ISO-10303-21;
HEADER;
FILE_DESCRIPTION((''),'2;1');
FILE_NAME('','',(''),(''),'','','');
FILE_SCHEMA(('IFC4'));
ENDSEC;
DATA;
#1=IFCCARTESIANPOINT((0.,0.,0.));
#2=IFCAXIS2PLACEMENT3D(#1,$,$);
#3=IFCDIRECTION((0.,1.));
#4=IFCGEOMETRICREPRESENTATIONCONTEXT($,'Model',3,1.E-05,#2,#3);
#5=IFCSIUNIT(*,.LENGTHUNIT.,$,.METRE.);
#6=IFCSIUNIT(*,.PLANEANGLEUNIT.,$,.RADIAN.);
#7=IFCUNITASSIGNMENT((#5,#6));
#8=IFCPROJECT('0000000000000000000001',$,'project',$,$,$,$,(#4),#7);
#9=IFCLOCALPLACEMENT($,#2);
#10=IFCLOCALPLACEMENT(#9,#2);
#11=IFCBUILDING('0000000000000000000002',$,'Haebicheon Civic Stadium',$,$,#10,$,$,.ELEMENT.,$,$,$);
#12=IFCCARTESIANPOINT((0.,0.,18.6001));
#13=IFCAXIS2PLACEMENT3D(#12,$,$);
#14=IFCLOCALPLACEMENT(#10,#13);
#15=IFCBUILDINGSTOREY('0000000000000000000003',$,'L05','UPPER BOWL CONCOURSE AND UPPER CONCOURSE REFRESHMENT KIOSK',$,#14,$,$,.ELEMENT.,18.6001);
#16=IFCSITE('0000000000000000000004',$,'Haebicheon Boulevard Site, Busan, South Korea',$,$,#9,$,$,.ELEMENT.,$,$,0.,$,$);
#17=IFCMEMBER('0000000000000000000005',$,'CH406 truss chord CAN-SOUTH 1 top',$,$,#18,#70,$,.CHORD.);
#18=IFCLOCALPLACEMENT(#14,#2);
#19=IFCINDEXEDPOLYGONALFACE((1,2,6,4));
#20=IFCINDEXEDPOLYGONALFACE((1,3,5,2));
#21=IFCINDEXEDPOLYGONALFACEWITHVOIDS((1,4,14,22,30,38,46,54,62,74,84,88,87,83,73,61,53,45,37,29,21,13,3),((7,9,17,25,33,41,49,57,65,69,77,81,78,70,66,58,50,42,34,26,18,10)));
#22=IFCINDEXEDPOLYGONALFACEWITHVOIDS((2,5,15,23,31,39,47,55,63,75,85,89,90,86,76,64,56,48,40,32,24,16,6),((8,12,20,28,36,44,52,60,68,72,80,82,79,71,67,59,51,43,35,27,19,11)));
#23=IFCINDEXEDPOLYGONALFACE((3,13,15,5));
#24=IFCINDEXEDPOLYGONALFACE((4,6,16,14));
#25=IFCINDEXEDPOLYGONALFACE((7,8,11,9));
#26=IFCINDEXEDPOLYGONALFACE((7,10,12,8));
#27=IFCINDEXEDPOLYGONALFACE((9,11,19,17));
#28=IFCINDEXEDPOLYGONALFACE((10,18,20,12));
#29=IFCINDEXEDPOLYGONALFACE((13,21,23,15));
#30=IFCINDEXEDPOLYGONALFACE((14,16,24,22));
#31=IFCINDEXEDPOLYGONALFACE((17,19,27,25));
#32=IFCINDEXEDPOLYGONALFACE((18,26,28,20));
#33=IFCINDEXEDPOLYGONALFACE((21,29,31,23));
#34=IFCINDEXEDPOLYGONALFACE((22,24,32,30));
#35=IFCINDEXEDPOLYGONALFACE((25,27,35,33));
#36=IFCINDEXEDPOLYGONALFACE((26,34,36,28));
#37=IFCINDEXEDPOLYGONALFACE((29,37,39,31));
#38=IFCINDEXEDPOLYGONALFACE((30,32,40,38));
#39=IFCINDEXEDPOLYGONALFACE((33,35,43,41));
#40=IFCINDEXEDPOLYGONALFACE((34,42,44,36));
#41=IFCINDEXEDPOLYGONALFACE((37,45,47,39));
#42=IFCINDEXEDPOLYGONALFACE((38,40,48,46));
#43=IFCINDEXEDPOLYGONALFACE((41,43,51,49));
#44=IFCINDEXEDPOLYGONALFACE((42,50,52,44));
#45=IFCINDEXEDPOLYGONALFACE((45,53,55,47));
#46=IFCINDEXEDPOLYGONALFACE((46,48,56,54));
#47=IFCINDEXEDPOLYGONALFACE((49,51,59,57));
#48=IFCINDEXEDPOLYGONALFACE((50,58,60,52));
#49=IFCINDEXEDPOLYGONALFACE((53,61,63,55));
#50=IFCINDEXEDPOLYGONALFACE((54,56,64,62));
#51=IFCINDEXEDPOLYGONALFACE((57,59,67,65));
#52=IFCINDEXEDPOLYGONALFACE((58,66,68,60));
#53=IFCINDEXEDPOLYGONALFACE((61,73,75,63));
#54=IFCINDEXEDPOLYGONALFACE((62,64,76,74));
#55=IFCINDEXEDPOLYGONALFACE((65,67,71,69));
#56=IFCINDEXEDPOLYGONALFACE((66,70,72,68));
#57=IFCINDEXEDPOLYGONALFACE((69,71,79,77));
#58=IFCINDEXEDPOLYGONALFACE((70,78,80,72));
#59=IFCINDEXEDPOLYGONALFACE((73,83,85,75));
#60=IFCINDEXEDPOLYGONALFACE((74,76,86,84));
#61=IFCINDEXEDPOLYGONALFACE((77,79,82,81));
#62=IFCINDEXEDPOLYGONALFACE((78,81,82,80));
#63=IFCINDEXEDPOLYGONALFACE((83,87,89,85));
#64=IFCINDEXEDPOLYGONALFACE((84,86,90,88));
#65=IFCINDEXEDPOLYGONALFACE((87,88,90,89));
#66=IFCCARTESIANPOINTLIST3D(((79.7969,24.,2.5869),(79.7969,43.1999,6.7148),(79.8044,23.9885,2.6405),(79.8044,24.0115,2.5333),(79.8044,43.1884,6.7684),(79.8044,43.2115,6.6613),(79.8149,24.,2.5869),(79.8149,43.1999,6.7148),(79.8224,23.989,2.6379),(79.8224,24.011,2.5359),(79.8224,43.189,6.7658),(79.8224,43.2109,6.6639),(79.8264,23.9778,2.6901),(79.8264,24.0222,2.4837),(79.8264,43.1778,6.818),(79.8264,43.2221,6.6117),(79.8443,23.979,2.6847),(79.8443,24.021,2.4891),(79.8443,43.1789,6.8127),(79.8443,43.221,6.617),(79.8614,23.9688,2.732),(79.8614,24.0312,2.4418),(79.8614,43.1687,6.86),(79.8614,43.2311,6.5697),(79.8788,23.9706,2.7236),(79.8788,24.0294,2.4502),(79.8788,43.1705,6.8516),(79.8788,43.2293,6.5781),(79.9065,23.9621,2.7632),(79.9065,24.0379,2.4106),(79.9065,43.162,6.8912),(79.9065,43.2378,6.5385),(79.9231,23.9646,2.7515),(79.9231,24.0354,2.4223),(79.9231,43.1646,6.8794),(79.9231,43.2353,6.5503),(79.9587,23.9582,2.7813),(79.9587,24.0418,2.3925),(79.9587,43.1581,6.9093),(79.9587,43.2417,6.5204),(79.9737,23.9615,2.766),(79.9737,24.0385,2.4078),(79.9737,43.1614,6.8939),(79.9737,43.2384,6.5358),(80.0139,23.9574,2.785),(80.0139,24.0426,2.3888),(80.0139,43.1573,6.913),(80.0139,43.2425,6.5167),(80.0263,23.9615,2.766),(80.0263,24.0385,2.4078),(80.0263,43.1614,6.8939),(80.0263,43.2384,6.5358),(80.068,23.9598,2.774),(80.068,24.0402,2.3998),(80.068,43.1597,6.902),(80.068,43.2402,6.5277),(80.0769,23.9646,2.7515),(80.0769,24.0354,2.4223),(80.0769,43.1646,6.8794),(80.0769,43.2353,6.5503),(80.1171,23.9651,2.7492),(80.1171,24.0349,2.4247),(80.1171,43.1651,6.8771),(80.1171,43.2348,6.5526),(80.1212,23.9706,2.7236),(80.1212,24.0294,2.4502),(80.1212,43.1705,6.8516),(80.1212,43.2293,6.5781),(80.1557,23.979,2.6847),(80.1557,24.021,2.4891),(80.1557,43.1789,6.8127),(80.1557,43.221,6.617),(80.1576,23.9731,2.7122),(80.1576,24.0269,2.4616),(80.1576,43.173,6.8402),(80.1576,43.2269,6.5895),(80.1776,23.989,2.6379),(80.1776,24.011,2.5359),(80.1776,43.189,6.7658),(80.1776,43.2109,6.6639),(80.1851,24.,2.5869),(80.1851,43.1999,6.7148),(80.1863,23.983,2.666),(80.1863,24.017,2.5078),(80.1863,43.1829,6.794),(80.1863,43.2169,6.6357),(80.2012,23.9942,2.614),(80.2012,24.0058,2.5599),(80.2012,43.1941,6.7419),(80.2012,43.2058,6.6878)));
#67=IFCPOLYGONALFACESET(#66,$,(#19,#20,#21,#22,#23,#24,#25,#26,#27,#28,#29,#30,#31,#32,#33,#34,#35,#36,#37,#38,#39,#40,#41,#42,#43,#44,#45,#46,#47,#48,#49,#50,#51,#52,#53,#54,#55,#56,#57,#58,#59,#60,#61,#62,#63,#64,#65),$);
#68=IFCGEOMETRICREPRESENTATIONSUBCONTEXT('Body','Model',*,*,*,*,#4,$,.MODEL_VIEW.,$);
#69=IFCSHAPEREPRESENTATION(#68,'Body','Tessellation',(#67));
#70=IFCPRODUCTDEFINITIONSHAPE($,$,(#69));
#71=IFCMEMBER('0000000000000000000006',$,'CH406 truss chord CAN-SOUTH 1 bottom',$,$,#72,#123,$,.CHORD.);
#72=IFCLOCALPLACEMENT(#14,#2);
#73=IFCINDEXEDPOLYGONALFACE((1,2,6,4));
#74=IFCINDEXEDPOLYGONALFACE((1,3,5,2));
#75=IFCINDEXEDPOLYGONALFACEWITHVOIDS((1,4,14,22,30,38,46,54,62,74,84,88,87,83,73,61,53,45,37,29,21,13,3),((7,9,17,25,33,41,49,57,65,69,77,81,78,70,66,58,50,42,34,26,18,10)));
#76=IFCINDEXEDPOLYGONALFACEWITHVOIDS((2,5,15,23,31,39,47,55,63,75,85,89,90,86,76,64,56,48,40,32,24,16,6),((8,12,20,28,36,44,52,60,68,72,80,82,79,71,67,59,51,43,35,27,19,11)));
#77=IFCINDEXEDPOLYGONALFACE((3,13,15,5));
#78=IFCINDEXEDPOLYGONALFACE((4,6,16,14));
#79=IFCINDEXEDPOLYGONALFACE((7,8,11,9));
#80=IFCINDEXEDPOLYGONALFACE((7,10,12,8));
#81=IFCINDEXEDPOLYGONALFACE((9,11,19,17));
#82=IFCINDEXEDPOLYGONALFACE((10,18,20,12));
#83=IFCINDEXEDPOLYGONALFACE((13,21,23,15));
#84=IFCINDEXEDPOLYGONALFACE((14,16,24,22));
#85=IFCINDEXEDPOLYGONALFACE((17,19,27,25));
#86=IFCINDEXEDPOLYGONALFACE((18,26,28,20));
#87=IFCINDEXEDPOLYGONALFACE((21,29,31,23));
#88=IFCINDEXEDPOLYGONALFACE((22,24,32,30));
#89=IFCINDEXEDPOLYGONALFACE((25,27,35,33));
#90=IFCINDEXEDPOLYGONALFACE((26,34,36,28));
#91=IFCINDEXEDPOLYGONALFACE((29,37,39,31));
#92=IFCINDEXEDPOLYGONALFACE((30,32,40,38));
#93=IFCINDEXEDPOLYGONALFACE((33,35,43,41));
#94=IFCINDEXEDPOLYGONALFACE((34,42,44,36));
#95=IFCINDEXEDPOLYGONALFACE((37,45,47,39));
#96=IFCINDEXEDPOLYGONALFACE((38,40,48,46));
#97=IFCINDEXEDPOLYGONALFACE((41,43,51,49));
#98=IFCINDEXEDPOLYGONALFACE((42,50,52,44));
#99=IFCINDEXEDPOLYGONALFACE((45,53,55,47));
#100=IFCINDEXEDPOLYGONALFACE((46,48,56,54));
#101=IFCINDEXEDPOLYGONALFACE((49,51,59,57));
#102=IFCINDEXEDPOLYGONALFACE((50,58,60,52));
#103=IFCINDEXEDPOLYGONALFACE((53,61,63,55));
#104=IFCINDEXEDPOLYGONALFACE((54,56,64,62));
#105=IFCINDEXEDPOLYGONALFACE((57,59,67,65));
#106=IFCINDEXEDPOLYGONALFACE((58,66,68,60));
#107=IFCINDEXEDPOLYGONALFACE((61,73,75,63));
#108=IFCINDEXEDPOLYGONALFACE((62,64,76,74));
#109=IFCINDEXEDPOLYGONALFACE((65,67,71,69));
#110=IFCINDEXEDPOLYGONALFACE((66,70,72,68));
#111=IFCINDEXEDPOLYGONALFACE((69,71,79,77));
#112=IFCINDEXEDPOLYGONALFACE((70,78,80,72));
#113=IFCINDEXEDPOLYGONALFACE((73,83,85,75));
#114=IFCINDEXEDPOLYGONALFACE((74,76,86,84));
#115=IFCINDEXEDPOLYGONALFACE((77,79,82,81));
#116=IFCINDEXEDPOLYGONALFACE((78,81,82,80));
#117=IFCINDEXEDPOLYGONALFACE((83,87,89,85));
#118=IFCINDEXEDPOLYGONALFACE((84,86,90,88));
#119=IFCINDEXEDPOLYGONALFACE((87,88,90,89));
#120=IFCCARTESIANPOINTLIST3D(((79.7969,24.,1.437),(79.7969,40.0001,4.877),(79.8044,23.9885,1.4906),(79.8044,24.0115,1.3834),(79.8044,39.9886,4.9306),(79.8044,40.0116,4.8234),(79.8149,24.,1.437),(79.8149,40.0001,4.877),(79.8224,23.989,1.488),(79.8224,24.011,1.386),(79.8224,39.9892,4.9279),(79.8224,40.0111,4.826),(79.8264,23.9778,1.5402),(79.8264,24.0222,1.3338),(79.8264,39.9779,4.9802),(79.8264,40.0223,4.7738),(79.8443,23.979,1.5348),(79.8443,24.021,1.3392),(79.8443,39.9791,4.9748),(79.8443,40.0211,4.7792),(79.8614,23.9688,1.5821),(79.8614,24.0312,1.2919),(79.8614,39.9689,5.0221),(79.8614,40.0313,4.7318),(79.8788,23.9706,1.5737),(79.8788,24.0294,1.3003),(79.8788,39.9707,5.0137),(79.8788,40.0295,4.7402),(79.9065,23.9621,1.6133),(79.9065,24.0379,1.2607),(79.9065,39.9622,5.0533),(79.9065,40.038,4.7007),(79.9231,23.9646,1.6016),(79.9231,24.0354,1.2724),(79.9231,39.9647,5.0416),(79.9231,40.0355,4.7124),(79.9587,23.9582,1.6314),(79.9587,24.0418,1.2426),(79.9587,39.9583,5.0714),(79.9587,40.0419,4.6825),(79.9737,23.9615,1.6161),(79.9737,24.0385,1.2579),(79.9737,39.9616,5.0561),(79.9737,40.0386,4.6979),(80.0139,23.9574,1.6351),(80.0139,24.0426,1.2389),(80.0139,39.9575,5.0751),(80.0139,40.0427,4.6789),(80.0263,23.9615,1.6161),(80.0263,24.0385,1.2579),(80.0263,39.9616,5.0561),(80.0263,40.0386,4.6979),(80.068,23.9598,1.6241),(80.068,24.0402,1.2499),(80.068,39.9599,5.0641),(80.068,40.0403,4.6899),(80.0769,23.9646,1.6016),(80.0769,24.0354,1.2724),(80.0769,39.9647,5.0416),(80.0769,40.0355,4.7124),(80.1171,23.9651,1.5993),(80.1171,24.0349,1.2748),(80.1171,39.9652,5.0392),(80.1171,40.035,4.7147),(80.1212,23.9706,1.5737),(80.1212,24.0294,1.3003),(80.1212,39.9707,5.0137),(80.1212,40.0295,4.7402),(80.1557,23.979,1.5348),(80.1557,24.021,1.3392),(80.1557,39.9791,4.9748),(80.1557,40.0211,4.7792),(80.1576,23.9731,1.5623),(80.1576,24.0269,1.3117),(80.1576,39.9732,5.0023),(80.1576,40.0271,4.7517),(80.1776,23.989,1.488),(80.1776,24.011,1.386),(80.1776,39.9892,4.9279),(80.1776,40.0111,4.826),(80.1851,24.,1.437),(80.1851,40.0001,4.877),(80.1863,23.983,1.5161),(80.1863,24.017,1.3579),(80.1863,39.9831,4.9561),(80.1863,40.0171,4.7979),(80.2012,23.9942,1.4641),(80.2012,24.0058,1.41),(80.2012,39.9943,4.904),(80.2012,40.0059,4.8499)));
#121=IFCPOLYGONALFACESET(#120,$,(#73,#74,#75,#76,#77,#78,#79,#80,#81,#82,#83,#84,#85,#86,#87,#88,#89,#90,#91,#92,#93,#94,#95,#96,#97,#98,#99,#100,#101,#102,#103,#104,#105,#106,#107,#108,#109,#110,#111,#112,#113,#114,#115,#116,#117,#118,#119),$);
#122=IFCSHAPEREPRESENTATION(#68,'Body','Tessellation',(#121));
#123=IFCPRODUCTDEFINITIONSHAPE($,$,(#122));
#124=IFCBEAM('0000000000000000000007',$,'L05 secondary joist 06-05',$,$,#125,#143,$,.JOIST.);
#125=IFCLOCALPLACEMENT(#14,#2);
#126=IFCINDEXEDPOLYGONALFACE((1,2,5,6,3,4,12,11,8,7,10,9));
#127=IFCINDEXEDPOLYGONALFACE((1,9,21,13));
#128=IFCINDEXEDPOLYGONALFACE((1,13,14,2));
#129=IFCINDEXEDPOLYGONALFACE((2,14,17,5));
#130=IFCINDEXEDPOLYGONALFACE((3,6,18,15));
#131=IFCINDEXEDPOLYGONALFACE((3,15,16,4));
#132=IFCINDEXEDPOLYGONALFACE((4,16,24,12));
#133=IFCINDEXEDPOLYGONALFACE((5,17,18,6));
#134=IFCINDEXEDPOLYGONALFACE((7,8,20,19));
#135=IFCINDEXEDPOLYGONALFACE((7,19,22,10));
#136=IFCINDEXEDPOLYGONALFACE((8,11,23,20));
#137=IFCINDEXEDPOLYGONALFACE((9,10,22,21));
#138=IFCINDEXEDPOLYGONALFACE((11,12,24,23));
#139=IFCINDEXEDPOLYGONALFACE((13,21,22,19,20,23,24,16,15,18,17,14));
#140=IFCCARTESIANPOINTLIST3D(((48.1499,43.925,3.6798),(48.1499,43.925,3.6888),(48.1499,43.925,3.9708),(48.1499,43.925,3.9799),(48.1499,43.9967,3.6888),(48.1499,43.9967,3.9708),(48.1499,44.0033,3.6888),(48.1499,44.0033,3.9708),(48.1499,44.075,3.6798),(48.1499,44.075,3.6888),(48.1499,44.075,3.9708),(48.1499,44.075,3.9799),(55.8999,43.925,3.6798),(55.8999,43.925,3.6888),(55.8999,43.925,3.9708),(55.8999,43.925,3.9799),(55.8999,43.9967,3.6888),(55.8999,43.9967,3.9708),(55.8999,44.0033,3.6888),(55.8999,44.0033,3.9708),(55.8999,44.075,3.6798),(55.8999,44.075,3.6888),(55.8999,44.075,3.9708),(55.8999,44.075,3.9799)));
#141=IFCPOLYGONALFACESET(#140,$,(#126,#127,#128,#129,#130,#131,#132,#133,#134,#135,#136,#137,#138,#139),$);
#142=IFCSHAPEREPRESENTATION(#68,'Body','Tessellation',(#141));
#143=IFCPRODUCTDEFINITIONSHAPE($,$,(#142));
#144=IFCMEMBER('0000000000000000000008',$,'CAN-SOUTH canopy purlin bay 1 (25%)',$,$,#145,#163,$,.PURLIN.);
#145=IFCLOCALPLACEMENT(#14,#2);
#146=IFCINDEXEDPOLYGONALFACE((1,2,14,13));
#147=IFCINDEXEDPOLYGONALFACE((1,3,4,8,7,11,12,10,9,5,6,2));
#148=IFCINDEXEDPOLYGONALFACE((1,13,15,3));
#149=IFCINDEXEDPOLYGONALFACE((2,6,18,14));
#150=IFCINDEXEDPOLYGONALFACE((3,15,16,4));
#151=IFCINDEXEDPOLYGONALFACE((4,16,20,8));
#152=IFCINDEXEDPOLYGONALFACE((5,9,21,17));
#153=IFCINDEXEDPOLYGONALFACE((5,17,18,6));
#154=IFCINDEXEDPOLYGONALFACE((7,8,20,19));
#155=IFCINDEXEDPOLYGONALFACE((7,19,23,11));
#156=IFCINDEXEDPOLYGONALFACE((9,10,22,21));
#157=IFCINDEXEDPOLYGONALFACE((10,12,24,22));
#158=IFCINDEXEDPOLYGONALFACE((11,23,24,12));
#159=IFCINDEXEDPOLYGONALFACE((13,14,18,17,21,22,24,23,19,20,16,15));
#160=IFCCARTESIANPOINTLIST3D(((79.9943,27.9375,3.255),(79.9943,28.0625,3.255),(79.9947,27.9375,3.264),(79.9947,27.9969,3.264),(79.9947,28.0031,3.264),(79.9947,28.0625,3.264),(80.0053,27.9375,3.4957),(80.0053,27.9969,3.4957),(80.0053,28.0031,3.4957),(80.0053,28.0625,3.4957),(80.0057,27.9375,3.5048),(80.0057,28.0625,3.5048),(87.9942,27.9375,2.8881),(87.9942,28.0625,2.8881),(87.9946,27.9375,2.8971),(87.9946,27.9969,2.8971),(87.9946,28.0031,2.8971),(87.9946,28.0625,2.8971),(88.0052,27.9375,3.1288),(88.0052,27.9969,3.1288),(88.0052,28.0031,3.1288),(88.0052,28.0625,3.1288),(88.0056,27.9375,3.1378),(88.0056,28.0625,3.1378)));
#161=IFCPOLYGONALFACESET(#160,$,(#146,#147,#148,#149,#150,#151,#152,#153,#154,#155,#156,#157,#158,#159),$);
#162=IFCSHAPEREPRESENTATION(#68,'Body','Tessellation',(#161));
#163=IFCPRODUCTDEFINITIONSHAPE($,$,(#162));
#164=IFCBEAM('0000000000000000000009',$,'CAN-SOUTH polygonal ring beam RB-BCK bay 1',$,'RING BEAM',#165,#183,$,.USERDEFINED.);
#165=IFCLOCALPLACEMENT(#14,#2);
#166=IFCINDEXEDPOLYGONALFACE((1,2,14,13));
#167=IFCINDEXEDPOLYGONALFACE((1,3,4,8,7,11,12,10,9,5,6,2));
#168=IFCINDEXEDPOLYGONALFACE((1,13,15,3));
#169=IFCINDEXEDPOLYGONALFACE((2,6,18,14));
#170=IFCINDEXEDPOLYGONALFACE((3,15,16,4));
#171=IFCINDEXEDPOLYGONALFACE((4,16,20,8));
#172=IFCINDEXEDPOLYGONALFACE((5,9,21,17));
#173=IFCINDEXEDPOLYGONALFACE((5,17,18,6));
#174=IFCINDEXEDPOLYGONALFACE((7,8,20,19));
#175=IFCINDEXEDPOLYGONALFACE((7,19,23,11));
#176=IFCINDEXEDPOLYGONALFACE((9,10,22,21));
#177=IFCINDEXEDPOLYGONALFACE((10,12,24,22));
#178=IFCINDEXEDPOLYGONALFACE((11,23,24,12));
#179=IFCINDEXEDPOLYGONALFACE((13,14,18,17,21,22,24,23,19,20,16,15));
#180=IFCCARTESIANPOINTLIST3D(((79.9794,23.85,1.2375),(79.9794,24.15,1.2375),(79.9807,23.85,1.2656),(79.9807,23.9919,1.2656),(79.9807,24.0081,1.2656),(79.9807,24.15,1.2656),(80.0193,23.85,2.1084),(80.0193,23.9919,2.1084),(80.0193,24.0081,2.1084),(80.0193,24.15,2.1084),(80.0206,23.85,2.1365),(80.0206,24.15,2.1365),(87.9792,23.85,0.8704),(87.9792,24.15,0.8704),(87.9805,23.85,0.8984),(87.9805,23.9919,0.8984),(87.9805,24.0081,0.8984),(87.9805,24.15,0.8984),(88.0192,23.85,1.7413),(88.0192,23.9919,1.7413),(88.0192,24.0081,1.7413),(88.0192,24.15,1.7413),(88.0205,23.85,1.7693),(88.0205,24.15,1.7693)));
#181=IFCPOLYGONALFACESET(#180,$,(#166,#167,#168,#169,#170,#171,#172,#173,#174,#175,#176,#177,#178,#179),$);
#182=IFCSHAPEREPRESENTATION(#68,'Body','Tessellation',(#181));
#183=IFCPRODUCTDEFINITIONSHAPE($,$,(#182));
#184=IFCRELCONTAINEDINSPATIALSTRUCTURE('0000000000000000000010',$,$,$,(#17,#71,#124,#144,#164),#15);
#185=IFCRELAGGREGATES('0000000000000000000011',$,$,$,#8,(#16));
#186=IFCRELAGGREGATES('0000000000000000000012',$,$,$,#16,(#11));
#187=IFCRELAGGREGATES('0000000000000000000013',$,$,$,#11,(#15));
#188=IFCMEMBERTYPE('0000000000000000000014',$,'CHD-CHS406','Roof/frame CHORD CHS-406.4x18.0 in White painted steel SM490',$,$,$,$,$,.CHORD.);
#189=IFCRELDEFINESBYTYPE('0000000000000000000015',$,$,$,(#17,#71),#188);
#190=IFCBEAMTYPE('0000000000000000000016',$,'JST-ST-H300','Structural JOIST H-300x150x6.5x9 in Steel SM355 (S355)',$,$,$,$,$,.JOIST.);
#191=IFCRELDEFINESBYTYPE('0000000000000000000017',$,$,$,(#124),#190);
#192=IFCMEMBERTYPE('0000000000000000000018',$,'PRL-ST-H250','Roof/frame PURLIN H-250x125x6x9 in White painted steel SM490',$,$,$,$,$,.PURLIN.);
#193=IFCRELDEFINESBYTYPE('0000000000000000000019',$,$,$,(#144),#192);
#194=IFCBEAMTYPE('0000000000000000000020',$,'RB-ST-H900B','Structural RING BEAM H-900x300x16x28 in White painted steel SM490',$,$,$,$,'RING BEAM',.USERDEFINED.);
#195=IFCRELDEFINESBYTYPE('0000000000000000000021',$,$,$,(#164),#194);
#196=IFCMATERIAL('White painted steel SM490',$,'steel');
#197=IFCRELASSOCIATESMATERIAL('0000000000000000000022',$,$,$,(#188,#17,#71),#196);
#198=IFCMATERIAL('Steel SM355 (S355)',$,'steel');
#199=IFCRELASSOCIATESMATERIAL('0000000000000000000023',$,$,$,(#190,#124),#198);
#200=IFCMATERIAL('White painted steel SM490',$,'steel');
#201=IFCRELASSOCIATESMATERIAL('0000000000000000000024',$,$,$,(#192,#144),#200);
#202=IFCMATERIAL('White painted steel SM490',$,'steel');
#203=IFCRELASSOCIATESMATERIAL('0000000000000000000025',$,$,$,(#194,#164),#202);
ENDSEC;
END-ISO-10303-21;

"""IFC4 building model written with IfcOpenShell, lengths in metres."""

from ifc_helpers import new_model, si_unit, direction, frame, origin, origin_2d, place, context, subcontext, project, spatial, hollow_circle, i_section, extrude, material, material_profile, profile_set, type_object, element, save


model = new_model("IFC4")

# Units and contexts
model_context = context("Model", 3, precision=1e-05, world=origin(), true_north=direction((0.0, 1.0)))
body_context = subcontext(model_context, "Body", "Model", "MODEL_VIEW")
ifc_project = project(units=[si_unit("LENGTHUNIT", "METRE"), si_unit("PLANEANGLEUNIT", "RADIAN")], contexts=[model_context])

# Site, building, storey
site_placement = place(None, origin())
site = spatial("IfcSite", under=ifc_project, at=site_placement, Name="Haebicheon Boulevard Site, Busan, South Korea", CompositionType="ELEMENT", RefElevation=0.0)
building_placement = place(site_placement, origin())
building = spatial("IfcBuilding", under=site, at=building_placement, Name="Haebicheon Civic Stadium", CompositionType="ELEMENT")
storey_placement = place(building_placement, frame((0.0, 0.0, 18.6001)))
storey = spatial("IfcBuildingStorey", under=building, at=storey_placement, Name="L05", Description="UPPER BOWL CONCOURSE AND UPPER CONCOURSE REFRESHMENT KIOSK", CompositionType="ELEMENT", Elevation=18.6001)

# Members
ifc_material_1 = material(Name="White painted steel SM490", Category="steel")
ifc_material_profile_1 = material_profile(ifc_material_1, hollow_circle(Radius=0.2031, WallThickness=0.0181, at=origin_2d()), Name="CHS-406.4x18.0")
ifc_profile_set_1 = profile_set([ifc_material_profile_1], Name="White painted steel SM490")
member_type_1 = type_object("IfcMemberType", Name="CHD-CHS406", Description="Roof/frame CHORD CHS-406.4x18.0 in White painted steel SM490", PredefinedType="CHORD", material=ifc_profile_set_1)
member_1_placement = place(storey_placement, frame((80.0, 24.0, 2.5869), z_axis=(0.0, 0.97766, 0.210194), x_axis=(-1.0, 0.0, 0.0)))
element("IfcMember", 1, at=member_1_placement, inside=storey, type_object=member_type_1, material=ifc_profile_set_1, Name="CH406 truss chord CAN-SOUTH 1 top", PredefinedType="CHORD", context=body_context, shape_type="SweptSolid", body=[
    extrude(hollow_circle(Radius=0.2031, WallThickness=0.0181, at=origin_2d()), origin(), (0.0, 0.0, 1.0), 19.6387),
])
member_2_placement = place(storey_placement, frame((80.0, 24.0, 1.437), z_axis=(0.0, 0.97766, 0.210193), x_axis=(-1.0, 0.0, 0.0)))
element("IfcMember", 2, at=member_2_placement, inside=storey, type_object=member_type_1, material=ifc_profile_set_1, Name="CH406 truss chord CAN-SOUTH 1 bottom", PredefinedType="CHORD", context=body_context, shape_type="SweptSolid", body=[
    extrude(hollow_circle(Radius=0.2031, WallThickness=0.0181, at=origin_2d()), origin(), (0.0, 0.0, 1.0), 16.3657),
])

# Beam
ifc_material_2 = material(Name="Steel SM355 (S355)", Category="steel")
ifc_material_profile_2 = material_profile(ifc_material_2, i_section(OverallWidth=0.1499, OverallDepth=0.3, WebThickness=0.0066, FlangeThickness=0.009, at=origin_2d()), Name="H-300x150x6.5x9")
ifc_profile_set_2 = profile_set([ifc_material_profile_2], Name="Steel SM355 (S355)")
beam_type_1 = type_object("IfcBeamType", Name="JST-ST-H300", Description="Structural JOIST H-300x150x6.5x9 in Steel SM355 (S355)", PredefinedType="JOIST", material=ifc_profile_set_2)
beam_1_placement = place(storey_placement, frame((48.1499, 44.0, 3.8298), z_axis=(1.0, 0.0, 0.0), x_axis=(0.0, 1.0, 0.0)))
element("IfcBeam", 3, at=beam_1_placement, inside=storey, type_object=beam_type_1, material=ifc_profile_set_2, Name="L05 secondary joist 06-05", PredefinedType="JOIST", context=body_context, shape_type="SweptSolid", body=[
    extrude(i_section(OverallWidth=0.1499, OverallDepth=0.3, WebThickness=0.0066, FlangeThickness=0.009, at=origin_2d()), origin(), (0.0, 0.0, 1.0), 7.75),
])

# Member
ifc_material_3 = material(Name="White painted steel SM490", Category="steel")
ifc_material_profile_3 = material_profile(ifc_material_3, i_section(OverallWidth=0.125, OverallDepth=0.25, WebThickness=0.0061, FlangeThickness=0.009, at=origin_2d()), Name="H-250x125x6x9")
ifc_profile_set_3 = profile_set([ifc_material_profile_3], Name="White painted steel SM490")
member_type_2 = type_object("IfcMemberType", Name="PRL-ST-H250", Description="Roof/frame PURLIN H-250x125x6x9 in White painted steel SM490", PredefinedType="PURLIN", material=ifc_profile_set_3)
member_3_placement = place(storey_placement, frame((80.0, 28.0, 3.3799), z_axis=(0.99895, 0.0, -0.04582), x_axis=(0.0, 1.0, 0.0)))
element("IfcMember", 4, at=member_3_placement, inside=storey, type_object=member_type_2, material=ifc_profile_set_3, Name="CAN-SOUTH canopy purlin bay 1 (25%)", PredefinedType="PURLIN", context=body_context, shape_type="SweptSolid", body=[
    extrude(i_section(OverallWidth=0.125, OverallDepth=0.25, WebThickness=0.0061, FlangeThickness=0.009, at=origin_2d()), origin(), (0.0, 0.0, 1.0), 8.0083),
])

# Beam
ifc_material_4 = material(Name="White painted steel SM490", Category="steel")
ifc_material_profile_4 = material_profile(ifc_material_4, i_section(OverallWidth=0.3, OverallDepth=0.8999, WebThickness=0.0161, FlangeThickness=0.0281, at=origin_2d()), Name="H-900x300x16x28")
ifc_profile_set_4 = profile_set([ifc_material_profile_4], Name="White painted steel SM490")
beam_type_2 = type_object("IfcBeamType", Name="RB-ST-H900B", Description="Structural RING BEAM H-900x300x16x28 in White painted steel SM490", ElementType="RING BEAM", PredefinedType="USERDEFINED", material=ifc_profile_set_4)
beam_2_placement = place(storey_placement, frame((80.0, 24.0, 1.687), z_axis=(0.998948, 0.0, -0.04585), x_axis=(0.0, 1.0, 0.0)))
element("IfcBeam", 5, at=beam_2_placement, inside=storey, type_object=beam_type_2, material=ifc_profile_set_4, Name="CAN-SOUTH polygonal ring beam RB-BCK bay 1", ObjectType="RING BEAM", PredefinedType="USERDEFINED", context=body_context, shape_type="SweptSolid", body=[
    extrude(i_section(OverallWidth=0.3, OverallDepth=0.8999, WebThickness=0.0161, FlangeThickness=0.0281, at=origin_2d()), origin(), (0.0, 0.0, 1.0), 8.0083),
])

save(model, "model.ifc")
